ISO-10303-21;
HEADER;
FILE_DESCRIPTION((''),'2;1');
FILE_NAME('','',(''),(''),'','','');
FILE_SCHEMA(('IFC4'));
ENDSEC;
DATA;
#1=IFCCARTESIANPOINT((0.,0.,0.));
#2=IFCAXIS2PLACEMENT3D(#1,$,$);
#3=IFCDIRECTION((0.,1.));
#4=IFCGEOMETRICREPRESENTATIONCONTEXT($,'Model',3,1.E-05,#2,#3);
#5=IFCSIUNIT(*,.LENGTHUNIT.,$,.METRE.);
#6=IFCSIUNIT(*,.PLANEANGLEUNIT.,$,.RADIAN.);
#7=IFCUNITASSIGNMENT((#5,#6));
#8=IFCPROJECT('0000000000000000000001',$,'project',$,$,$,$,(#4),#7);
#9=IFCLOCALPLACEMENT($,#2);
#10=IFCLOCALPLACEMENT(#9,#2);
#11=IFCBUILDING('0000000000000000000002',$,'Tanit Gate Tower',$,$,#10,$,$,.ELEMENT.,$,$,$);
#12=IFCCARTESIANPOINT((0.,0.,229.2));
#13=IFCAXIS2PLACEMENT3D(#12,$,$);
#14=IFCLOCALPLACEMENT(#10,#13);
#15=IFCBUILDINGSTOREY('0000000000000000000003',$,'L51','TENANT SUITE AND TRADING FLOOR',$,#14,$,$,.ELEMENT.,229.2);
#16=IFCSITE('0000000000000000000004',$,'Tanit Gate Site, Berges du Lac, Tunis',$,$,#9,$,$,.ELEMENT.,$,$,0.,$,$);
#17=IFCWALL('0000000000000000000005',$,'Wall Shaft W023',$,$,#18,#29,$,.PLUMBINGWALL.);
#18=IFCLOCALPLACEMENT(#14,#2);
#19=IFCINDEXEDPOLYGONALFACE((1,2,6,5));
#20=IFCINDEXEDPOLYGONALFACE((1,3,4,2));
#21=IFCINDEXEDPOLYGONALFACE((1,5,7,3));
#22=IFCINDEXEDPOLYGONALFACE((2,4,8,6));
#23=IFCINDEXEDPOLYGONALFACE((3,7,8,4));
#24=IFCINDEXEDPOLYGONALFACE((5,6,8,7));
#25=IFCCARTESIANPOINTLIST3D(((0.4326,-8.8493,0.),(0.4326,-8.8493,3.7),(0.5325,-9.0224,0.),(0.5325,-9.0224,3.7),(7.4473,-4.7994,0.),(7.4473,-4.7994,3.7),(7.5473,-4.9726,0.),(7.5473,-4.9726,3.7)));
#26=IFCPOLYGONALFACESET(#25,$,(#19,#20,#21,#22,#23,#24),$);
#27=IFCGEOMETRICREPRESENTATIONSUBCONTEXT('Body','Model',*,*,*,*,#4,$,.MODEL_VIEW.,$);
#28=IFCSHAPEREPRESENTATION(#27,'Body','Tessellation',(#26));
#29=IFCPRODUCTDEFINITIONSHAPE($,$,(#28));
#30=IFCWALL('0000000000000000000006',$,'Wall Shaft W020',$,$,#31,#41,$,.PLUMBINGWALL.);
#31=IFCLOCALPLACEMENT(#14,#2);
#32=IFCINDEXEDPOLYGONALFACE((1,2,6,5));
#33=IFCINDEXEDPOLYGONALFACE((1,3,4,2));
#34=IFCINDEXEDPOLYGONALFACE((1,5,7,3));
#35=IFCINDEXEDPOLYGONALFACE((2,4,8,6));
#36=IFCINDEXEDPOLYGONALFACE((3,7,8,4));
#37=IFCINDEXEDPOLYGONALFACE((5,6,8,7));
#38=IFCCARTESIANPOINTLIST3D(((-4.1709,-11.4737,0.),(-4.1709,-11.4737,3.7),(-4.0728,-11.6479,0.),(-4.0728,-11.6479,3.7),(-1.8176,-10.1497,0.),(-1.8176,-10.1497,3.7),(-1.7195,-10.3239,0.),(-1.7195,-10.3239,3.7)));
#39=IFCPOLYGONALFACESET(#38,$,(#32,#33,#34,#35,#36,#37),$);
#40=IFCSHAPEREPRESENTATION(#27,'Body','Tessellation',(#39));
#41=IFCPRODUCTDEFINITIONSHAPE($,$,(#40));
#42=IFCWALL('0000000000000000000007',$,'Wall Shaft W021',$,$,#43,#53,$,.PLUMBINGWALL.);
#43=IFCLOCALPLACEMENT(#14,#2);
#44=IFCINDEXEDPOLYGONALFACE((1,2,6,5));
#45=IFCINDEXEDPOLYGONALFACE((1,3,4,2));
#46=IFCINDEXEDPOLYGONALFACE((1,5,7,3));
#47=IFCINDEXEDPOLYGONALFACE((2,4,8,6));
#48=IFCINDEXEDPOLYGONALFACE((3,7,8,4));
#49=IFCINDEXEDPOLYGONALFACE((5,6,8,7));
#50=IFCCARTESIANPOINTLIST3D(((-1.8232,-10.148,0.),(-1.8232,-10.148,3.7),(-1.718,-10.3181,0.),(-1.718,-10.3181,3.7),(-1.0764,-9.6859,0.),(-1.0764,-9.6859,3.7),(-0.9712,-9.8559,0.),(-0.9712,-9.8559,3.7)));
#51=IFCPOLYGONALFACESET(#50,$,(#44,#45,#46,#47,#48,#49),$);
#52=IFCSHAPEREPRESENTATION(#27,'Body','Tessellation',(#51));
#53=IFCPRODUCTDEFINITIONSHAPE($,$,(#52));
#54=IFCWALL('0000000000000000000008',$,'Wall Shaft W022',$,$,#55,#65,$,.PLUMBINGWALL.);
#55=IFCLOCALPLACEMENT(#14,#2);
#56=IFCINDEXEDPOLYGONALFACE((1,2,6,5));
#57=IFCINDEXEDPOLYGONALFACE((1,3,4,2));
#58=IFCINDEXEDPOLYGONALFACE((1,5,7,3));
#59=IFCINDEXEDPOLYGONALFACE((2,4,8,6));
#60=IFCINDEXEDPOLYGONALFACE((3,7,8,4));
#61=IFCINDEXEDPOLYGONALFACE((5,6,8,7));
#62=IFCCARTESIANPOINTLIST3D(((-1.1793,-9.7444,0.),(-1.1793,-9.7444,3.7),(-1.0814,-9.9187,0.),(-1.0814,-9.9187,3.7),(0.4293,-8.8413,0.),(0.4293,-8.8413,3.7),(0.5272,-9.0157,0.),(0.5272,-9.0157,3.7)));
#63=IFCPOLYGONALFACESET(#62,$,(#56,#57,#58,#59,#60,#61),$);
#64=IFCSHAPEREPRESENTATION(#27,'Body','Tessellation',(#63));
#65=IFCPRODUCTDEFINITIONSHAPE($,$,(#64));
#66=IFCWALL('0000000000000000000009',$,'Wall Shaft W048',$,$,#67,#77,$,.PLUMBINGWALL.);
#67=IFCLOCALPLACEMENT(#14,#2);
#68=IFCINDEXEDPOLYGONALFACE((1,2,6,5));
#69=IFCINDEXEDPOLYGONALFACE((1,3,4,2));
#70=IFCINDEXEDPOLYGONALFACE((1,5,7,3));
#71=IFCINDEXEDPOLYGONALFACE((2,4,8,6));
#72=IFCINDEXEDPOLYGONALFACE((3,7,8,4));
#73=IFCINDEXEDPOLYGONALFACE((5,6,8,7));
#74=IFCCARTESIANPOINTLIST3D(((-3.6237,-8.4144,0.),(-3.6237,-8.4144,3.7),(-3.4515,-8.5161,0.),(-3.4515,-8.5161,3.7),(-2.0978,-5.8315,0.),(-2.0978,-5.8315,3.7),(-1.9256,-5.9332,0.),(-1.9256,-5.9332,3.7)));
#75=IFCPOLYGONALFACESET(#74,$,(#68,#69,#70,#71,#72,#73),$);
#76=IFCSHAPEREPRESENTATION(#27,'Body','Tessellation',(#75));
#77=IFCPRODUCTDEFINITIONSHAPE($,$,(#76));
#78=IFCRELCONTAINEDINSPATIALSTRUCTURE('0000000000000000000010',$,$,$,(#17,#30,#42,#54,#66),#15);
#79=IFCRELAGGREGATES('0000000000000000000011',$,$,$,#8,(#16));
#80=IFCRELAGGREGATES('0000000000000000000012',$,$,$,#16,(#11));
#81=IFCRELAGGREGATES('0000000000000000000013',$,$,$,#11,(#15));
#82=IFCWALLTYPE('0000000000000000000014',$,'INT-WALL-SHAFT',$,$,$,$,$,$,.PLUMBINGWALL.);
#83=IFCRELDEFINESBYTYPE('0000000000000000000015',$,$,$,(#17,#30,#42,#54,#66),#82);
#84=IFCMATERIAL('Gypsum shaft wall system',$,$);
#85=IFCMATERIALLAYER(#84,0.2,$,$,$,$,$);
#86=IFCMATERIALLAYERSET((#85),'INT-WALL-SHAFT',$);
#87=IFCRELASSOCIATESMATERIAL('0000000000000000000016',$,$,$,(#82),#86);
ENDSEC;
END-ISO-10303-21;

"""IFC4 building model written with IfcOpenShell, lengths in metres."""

from ifc_helpers import new_model, si_unit, direction, frame, frame_2d, origin, place, context, subcontext, project, spatial, rectangle, extrude, material, layer, layer_set, type_object, element, save


model = new_model("IFC4")

# Units and contexts
model_context = context("Model", 3, precision=1e-05, world=origin(), true_north=direction((0.0, 1.0)))
body_context = subcontext(model_context, "Body", "Model", "MODEL_VIEW")
ifc_project = project(units=[si_unit("LENGTHUNIT", "METRE"), si_unit("PLANEANGLEUNIT", "RADIAN")], contexts=[model_context])

# Site, building, storey
site_placement = place(None, origin())
site = spatial("IfcSite", under=ifc_project, at=site_placement, Name="Tanit Gate Site, Berges du Lac, Tunis", CompositionType="ELEMENT", RefElevation=0.0)
building_placement = place(site_placement, origin())
building = spatial("IfcBuilding", under=site, at=building_placement, Name="Tanit Gate Tower", CompositionType="ELEMENT")
storey_placement = place(building_placement, frame((0.0, 0.0, 229.2)))
storey = spatial("IfcBuildingStorey", under=building, at=storey_placement, Name="L51", Description="TENANT SUITE AND TRADING FLOOR", CompositionType="ELEMENT", Elevation=229.2)

# Walls
ifc_material_1 = material(Name="Gypsum shaft wall system")
ifc_layer_1 = layer(ifc_material_1, 0.2)
ifc_layer_set_1 = layer_set([ifc_layer_1], Name="INT-WALL-SHAFT")
wall_type_1 = type_object("IfcWallType", Name="INT-WALL-SHAFT", PredefinedType="PLUMBINGWALL", material=ifc_layer_set_1)
wall_1_placement = place(storey_placement, frame((0.4827, -8.9358, 0.0), z_axis=(0.0, 0.0, 1.0), x_axis=(0.866031, 0.49999, 0.0)))
element("IfcWall", 1, at=wall_1_placement, inside=storey, type_object=wall_type_1, Name="Wall Shaft W023", PredefinedType="PLUMBINGWALL", context=body_context, shape_type="SweptSolid", body=[
    extrude(rectangle(XDim=8.0999, YDim=0.2, at=frame_2d((4.0498, 0.0))), origin(), (0.0, 0.0, 1.0), 3.7),
])
wall_2_placement = place(storey_placement, frame((-1.7686, -10.2368, 0.0), z_axis=(0.0, 0.0, 1.0), x_axis=(-0.871534, -0.490334, 0.0)))
element("IfcWall", 2, at=wall_2_placement, inside=storey, type_object=wall_type_1, Name="Wall Shaft W020", PredefinedType="PLUMBINGWALL", context=body_context, shape_type="SweptSolid", body=[
    extrude(rectangle(XDim=2.7002, YDim=0.2, at=frame_2d((1.3501, 0.0))), origin(), (0.0, 0.0, 1.0), 3.7),
])
wall_3_placement = place(storey_placement, frame((-1.0239, -9.771, 0.0), z_axis=(0.0, 0.0, 1.0), x_axis=(-0.850348, -0.526221, 0.0)))
element("IfcWall", 3, at=wall_3_placement, inside=storey, type_object=wall_type_1, Name="Wall Shaft W021", PredefinedType="PLUMBINGWALL", context=body_context, shape_type="SweptSolid", body=[
    extrude(rectangle(XDim=0.8782, YDim=0.2, at=frame_2d((0.439, 0.0))), origin(), (0.0, 0.0, 1.0), 3.7),
])
wall_4_placement = place(storey_placement, frame((-1.1304, -9.8315, 0.0), z_axis=(0.0, 0.0, 1.0), x_axis=(0.871989, 0.489526, 0.0)))
element("IfcWall", 4, at=wall_4_placement, inside=storey, type_object=wall_type_1, Name="Wall Shaft W022", PredefinedType="PLUMBINGWALL", context=body_context, shape_type="SweptSolid", body=[
    extrude(rectangle(XDim=1.8447, YDim=0.2, at=frame_2d((0.9224, 0.0))), origin(), (0.0, 0.0, 1.0), 3.7),
])
wall_5_placement = place(storey_placement, frame((-2.0117, -5.8823, 0.0), z_axis=(0.0, 0.0, 1.0), x_axis=(-0.50862, -0.860991, 0.0)))
element("IfcWall", 5, at=wall_5_placement, inside=storey, type_object=wall_type_1, Name="Wall Shaft W048", PredefinedType="PLUMBINGWALL", context=body_context, shape_type="SweptSolid", body=[
    extrude(rectangle(XDim=3.0, YDim=0.2, at=frame_2d((1.5, 0.0))), origin(), (0.0, 0.0, 1.0), 3.7),
])

save(model, "model.ifc")
